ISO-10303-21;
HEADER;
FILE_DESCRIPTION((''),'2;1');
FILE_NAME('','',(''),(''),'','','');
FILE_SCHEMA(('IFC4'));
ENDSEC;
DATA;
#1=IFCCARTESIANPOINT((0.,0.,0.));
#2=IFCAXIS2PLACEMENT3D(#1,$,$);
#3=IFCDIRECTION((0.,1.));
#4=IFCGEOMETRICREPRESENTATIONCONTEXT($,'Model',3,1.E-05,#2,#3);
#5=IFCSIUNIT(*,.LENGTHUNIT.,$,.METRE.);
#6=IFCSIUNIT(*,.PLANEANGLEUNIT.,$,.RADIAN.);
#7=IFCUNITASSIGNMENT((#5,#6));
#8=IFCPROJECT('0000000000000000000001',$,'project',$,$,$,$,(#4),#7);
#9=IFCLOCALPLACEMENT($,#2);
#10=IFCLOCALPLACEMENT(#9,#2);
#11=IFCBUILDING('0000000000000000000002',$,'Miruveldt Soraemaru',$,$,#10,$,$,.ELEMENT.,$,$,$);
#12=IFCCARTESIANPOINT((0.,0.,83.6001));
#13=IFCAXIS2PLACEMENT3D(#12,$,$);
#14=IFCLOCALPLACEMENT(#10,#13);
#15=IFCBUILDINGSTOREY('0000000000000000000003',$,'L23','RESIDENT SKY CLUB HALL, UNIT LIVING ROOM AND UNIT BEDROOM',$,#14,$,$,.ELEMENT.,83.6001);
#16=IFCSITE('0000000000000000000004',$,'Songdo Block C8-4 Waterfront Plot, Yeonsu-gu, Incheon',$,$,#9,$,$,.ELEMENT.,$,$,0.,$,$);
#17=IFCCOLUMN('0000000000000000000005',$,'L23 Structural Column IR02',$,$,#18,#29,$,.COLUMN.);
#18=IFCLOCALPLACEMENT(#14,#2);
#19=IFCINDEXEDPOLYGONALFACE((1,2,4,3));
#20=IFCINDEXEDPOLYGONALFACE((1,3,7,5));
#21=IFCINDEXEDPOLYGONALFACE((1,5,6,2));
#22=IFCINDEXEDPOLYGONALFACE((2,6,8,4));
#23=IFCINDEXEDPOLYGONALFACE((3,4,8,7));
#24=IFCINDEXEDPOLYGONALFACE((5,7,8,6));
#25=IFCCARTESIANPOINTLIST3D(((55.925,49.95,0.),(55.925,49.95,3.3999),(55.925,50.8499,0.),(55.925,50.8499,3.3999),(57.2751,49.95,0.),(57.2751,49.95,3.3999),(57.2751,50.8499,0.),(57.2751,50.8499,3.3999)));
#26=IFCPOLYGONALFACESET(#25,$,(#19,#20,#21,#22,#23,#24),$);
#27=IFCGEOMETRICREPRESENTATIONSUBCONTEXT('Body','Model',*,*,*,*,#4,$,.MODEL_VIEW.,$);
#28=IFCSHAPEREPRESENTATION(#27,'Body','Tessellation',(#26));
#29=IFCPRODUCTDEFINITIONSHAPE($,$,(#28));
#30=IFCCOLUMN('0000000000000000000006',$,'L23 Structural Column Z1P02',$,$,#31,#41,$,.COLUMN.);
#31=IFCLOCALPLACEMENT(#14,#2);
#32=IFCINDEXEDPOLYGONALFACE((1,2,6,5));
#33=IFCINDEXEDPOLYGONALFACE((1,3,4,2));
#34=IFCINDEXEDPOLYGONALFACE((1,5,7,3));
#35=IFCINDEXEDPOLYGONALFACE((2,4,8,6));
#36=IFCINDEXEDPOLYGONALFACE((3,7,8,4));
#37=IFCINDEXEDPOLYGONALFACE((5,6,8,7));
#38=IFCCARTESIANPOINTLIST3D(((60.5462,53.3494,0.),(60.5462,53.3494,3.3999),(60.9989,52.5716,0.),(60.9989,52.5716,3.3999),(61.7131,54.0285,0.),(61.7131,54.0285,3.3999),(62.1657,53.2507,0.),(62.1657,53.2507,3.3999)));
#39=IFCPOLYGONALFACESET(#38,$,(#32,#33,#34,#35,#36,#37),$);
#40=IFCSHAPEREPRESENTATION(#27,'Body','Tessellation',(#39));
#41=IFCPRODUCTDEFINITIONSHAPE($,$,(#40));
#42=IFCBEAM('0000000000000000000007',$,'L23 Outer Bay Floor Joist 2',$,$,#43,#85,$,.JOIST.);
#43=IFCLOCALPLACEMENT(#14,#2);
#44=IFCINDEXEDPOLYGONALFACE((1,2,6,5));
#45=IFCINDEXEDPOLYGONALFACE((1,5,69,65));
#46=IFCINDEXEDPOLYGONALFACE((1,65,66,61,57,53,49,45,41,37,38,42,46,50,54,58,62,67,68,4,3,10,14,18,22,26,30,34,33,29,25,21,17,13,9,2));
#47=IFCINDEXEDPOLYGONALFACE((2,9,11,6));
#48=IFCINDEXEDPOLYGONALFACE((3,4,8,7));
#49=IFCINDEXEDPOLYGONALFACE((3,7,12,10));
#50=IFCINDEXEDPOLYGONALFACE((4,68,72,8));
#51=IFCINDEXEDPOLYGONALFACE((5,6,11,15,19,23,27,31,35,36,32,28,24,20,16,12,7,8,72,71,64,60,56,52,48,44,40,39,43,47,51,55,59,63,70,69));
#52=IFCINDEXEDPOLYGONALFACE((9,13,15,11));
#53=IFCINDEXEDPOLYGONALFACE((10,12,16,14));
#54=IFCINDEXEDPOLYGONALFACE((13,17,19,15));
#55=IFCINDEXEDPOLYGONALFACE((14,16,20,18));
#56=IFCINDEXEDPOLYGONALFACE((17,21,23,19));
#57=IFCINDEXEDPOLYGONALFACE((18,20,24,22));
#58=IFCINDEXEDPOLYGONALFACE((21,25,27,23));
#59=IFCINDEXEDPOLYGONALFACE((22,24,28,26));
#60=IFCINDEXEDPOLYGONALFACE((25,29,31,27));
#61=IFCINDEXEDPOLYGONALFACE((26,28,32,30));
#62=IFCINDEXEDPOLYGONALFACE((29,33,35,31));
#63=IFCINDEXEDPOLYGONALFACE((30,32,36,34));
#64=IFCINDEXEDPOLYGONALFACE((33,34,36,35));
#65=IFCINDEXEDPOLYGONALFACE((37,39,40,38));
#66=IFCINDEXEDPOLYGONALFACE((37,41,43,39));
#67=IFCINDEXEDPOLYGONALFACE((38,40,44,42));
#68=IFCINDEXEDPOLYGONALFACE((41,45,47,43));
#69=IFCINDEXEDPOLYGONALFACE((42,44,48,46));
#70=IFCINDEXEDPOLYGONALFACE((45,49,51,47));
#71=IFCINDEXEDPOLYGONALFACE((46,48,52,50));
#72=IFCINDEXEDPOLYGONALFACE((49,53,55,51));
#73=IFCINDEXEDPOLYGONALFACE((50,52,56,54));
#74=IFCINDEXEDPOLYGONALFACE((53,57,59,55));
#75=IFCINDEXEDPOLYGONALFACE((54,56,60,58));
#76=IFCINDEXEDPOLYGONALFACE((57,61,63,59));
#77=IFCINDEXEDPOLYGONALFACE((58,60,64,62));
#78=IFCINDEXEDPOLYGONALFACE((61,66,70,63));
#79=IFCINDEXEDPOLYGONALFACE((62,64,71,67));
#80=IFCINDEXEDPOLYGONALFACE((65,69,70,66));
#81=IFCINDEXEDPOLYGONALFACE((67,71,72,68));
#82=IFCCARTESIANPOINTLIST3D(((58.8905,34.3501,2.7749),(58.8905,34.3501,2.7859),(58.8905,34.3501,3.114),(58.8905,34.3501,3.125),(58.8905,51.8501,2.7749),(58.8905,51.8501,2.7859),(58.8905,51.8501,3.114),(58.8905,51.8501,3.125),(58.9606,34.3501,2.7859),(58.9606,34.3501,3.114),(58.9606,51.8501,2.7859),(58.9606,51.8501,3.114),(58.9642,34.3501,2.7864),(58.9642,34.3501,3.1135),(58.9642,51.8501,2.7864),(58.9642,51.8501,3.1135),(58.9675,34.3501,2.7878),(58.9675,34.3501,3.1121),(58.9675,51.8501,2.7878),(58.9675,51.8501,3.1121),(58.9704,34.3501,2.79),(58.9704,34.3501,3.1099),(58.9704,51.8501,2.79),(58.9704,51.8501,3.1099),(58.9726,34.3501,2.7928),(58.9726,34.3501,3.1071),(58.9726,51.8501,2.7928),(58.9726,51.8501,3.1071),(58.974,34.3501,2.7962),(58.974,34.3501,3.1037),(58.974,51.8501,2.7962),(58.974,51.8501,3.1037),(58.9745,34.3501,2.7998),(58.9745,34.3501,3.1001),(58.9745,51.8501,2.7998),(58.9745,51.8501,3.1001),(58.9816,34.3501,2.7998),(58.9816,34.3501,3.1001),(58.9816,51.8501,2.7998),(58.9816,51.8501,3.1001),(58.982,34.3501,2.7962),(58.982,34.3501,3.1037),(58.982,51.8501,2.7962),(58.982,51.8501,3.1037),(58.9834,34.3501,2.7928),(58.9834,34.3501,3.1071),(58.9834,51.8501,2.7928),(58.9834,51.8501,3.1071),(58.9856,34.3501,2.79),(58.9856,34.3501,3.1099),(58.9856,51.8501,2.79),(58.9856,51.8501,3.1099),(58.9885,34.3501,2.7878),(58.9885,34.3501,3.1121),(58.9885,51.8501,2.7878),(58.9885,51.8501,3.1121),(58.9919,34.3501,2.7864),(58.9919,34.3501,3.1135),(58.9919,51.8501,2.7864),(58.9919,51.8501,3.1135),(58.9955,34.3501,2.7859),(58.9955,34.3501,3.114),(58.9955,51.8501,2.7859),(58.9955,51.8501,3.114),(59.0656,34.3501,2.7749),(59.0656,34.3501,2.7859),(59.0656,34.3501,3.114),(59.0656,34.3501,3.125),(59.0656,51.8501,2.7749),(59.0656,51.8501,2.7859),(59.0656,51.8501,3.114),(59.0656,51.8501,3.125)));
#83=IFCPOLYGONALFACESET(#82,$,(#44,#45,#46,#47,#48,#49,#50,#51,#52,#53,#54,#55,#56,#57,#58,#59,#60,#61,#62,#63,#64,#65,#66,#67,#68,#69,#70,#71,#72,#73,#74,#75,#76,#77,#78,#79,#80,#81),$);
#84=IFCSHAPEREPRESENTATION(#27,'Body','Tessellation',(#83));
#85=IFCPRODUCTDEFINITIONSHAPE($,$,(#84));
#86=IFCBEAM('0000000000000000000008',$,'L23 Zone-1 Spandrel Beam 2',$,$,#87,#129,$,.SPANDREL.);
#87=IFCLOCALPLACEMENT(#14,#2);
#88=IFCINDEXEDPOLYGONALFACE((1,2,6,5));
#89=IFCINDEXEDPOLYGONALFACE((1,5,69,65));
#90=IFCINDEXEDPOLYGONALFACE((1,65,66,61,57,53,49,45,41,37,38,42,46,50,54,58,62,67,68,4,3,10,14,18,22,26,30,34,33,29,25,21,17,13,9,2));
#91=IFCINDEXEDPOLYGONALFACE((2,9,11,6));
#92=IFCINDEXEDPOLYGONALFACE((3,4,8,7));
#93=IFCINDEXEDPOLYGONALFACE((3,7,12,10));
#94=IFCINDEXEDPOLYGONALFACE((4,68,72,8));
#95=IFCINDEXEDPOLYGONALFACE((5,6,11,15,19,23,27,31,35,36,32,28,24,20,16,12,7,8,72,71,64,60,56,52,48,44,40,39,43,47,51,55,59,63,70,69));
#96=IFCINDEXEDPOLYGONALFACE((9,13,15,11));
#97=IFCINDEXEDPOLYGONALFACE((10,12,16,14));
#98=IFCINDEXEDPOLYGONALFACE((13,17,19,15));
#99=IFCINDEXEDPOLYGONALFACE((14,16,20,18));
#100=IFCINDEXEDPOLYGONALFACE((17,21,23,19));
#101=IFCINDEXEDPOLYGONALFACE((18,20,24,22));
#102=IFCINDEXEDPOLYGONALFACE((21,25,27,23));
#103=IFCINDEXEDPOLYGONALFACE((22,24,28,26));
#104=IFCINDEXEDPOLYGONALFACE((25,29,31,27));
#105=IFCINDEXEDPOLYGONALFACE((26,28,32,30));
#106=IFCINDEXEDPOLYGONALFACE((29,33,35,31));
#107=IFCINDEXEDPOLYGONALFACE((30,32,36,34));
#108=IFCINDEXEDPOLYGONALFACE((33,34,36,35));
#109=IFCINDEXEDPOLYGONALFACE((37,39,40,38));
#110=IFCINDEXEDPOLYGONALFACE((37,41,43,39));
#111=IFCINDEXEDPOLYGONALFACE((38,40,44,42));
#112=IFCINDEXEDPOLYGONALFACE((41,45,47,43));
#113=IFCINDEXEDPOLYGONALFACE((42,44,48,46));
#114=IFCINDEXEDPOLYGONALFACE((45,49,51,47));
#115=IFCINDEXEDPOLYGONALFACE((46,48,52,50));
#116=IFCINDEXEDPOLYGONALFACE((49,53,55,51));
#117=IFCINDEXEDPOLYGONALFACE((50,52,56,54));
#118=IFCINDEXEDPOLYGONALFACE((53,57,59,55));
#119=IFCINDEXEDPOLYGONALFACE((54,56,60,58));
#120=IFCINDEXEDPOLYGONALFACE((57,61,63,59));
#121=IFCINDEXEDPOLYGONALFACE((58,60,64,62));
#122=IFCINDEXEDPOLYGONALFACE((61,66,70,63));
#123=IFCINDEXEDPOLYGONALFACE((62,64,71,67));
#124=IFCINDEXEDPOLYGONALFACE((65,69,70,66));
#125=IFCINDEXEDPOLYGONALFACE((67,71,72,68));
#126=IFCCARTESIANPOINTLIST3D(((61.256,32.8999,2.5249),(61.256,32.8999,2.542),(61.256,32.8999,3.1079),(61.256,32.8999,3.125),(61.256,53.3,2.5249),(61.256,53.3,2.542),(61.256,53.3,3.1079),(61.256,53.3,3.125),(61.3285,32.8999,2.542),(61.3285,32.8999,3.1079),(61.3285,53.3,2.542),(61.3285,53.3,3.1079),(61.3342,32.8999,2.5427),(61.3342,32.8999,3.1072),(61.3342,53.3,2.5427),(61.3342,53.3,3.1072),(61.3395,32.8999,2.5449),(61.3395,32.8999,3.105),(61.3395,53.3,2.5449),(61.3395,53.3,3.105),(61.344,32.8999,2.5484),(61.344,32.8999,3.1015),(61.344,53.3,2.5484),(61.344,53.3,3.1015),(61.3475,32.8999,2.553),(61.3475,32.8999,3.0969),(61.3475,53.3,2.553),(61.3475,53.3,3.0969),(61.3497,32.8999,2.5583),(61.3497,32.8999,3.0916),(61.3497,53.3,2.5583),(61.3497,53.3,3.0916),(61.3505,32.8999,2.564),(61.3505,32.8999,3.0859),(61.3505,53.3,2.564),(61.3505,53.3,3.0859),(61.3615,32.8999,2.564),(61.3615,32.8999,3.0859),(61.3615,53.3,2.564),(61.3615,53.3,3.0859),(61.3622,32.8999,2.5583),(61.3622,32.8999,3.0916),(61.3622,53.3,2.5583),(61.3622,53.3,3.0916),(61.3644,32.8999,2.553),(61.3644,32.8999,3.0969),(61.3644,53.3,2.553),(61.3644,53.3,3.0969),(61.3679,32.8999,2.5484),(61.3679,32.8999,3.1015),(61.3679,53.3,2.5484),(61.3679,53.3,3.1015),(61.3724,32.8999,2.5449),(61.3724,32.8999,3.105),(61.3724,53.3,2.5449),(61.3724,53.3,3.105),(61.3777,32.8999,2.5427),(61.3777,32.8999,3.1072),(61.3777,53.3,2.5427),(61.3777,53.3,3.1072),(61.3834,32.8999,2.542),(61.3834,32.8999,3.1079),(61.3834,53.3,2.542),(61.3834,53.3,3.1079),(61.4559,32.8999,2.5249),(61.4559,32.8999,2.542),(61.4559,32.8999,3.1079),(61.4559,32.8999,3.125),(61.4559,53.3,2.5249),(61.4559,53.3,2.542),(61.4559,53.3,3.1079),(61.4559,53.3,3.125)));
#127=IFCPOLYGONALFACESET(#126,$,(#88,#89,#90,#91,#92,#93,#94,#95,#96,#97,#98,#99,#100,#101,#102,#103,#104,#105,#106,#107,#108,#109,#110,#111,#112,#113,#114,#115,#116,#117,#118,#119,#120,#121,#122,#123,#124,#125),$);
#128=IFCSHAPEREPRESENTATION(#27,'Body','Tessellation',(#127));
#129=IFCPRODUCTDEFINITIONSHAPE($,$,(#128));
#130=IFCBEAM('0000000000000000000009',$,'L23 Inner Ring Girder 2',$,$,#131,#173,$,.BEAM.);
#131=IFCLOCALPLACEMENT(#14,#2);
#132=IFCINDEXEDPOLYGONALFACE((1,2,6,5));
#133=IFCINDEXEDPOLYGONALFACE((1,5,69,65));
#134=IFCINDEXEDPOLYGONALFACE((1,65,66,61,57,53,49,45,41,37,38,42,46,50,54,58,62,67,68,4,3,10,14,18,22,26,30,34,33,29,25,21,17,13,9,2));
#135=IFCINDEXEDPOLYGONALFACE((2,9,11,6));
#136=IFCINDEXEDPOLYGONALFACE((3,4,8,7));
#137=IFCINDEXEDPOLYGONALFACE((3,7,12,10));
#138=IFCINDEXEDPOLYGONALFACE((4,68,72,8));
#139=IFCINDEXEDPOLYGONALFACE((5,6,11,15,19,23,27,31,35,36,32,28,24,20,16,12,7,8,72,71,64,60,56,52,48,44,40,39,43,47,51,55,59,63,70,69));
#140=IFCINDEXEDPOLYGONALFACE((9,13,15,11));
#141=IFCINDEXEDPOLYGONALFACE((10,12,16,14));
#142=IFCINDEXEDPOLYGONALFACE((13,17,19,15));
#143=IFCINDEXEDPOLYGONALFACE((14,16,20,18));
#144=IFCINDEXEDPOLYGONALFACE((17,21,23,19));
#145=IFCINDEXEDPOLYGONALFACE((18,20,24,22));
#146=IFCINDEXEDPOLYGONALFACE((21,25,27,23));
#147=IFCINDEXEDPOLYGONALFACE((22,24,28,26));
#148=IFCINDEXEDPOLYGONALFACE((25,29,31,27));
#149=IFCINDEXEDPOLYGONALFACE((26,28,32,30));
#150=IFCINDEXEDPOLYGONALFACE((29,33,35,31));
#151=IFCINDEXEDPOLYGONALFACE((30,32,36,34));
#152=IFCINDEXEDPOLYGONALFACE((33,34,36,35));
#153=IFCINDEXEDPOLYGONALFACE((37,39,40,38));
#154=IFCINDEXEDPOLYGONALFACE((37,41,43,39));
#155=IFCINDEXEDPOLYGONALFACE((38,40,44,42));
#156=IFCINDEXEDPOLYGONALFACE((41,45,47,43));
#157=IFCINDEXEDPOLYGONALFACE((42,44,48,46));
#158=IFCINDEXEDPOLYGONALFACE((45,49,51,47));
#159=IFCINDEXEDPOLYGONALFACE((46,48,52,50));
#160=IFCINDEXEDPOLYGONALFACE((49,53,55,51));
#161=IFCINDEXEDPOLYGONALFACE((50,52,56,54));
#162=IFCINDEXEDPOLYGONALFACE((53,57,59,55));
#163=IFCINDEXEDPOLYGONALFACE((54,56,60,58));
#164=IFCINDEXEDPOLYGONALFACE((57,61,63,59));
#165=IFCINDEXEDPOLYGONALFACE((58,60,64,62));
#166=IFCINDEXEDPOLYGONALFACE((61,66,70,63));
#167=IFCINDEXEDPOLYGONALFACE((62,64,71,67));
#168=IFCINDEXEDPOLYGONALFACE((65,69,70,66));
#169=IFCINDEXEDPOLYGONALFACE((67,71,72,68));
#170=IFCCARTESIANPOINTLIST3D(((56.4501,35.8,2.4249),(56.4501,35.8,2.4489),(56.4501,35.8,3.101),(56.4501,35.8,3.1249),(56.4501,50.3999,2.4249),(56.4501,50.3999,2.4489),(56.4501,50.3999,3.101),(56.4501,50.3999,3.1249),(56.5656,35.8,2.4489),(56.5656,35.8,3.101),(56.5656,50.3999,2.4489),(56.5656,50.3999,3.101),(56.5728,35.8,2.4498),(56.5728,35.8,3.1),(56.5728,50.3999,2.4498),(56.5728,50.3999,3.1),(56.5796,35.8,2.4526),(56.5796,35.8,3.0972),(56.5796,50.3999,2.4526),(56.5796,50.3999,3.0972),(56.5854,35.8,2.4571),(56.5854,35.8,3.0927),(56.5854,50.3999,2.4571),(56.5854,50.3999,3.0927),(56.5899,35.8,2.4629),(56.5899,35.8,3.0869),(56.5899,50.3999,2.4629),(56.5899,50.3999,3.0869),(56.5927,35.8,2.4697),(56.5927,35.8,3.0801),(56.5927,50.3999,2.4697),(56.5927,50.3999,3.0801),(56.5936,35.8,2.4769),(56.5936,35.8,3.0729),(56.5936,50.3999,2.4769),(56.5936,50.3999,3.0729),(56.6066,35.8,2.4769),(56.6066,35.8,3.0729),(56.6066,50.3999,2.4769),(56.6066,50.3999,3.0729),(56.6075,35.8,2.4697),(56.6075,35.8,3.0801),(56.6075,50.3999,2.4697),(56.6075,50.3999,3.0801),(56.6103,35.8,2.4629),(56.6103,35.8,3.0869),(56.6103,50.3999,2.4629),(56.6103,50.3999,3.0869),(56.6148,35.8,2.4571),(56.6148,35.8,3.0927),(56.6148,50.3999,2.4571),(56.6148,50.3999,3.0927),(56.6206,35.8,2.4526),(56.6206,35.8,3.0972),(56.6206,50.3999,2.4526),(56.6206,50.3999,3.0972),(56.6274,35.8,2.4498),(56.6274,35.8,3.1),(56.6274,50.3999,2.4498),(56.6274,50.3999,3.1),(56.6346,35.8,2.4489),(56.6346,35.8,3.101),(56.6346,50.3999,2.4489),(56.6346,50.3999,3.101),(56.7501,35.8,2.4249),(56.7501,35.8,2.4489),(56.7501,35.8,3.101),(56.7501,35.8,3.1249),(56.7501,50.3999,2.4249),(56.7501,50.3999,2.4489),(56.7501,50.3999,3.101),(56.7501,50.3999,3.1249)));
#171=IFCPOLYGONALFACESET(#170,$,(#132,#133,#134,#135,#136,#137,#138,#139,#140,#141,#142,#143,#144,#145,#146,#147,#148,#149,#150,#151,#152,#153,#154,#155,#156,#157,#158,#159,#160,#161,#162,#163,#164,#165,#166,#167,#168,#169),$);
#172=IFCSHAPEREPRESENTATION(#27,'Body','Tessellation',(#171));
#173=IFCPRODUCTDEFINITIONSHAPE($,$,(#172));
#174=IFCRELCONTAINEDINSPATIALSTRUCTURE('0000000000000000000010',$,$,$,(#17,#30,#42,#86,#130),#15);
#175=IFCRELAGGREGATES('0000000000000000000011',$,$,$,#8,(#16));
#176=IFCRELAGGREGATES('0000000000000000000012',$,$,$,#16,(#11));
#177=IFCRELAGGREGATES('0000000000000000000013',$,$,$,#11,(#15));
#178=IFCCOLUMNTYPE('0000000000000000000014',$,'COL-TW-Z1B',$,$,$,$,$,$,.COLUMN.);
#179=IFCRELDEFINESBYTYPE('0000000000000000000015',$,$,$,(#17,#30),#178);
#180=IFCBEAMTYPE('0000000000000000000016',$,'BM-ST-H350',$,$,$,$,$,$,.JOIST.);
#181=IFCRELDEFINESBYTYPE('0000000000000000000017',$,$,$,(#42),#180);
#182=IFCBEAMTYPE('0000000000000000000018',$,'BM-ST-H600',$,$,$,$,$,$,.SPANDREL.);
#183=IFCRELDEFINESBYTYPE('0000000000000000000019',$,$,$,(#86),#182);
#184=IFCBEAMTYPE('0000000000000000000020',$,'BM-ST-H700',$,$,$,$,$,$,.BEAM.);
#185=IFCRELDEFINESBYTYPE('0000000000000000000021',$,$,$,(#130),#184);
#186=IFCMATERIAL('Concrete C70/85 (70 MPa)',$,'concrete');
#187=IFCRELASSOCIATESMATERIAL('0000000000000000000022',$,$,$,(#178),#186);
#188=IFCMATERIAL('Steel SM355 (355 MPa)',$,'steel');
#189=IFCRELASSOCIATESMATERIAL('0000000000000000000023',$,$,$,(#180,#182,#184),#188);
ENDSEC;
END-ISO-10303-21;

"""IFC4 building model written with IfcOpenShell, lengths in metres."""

from ifc_helpers import new_model, si_unit, direction, frame, origin, origin_2d, place, context, subcontext, project, spatial, rectangle, i_section, extrude, material, material_profile, profile_set, type_object, element, save


model = new_model("IFC4")

# Units and contexts
model_context = context("Model", 3, precision=1e-05, world=origin(), true_north=direction((0.0, 1.0)))
body_context = subcontext(model_context, "Body", "Model", "MODEL_VIEW")
ifc_project = project(units=[si_unit("LENGTHUNIT", "METRE"), si_unit("PLANEANGLEUNIT", "RADIAN")], contexts=[model_context])

# Site, building, storey
site_placement = place(None, origin())
site = spatial("IfcSite", under=ifc_project, at=site_placement, Name="Songdo Block C8-4 Waterfront Plot, Yeonsu-gu, Incheon", CompositionType="ELEMENT", RefElevation=0.0)
building_placement = place(site_placement, origin())
building = spatial("IfcBuilding", under=site, at=building_placement, Name="Miruveldt Soraemaru", CompositionType="ELEMENT")
storey_placement = place(building_placement, frame((0.0, 0.0, 83.6001)))
storey = spatial("IfcBuildingStorey", under=building, at=storey_placement, Name="L23", Description="RESIDENT SKY CLUB HALL, UNIT LIVING ROOM AND UNIT BEDROOM", CompositionType="ELEMENT", Elevation=83.6001)

# Columns
ifc_material_1 = material(Name="Concrete C70/85 (70 MPa)", Category="concrete")
ifc_material_profile_1 = material_profile(ifc_material_1, rectangle(XDim=1.3501, YDim=0.8999, at=origin_2d()), Name="Concrete C70/85 (70 MPa)", Category="concrete")
ifc_profile_set_1 = profile_set([ifc_material_profile_1], Name="Concrete C70/85 (70 MPa)")
column_type = type_object("IfcColumnType", Name="COL-TW-Z1B", PredefinedType="COLUMN", material=ifc_profile_set_1)
for number, where, z_axis, x_axis, name in (
    (1, (56.6001, 50.3999, 0.0), (0.0, 0.0, 1.0), (1.0, 0.0, 0.0), "L23 Structural Column IR02"),
    (2, (61.356, 53.3, 0.0), (0.0, 0.0, 1.0), (0.864275, 0.50302, 0.0), "L23 Structural Column Z1P02"),
):
    element("IfcColumn", number, at=place(storey_placement, frame(where, z_axis=z_axis, x_axis=x_axis)), inside=storey, type_object=column_type, Name=name, PredefinedType="COLUMN", context=body_context, shape_type="SweptSolid", body=[
        extrude(rectangle(XDim=1.3501, YDim=0.8999, at=origin_2d()), origin(), (0.0, 0.0, 1.0), 3.3999),
    ])

# Beams
ifc_material_2 = material(Name="Steel SM355 (355 MPa)", Category="steel")
ifc_material_profile_2 = material_profile(ifc_material_2, i_section(OverallWidth=0.175, OverallDepth=0.3501, WebThickness=0.0071, FlangeThickness=0.011, FilletRadius=0.0139, at=origin_2d()), Name="Steel SM355 (355 MPa)", Category="steel")
ifc_profile_set_2 = profile_set([ifc_material_profile_2], Name="Steel SM355 (355 MPa)")
beam_type_1 = type_object("IfcBeamType", Name="BM-ST-H350", PredefinedType="JOIST", material=ifc_profile_set_2)
beam_1_placement = place(storey_placement, frame((58.978, 51.8501, 2.95), z_axis=(0.0, -1.0, 0.0), x_axis=(1.0, 0.0, 0.0)))
element("IfcBeam", 3, at=beam_1_placement, inside=storey, type_object=beam_type_1, Name="L23 Outer Bay Floor Joist 2", PredefinedType="JOIST", context=body_context, shape_type="SweptSolid", body=[
    extrude(i_section(OverallWidth=0.175, OverallDepth=0.3501, WebThickness=0.0071, FlangeThickness=0.011, FilletRadius=0.0139, at=origin_2d()), origin(), (0.0, 0.0, 1.0), 17.5),
])
ifc_material_profile_3 = material_profile(ifc_material_2, i_section(OverallWidth=0.2, OverallDepth=0.6001, WebThickness=0.011, FlangeThickness=0.0171, FilletRadius=0.022, at=origin_2d()), Name="Steel SM355 (355 MPa)", Category="steel")
ifc_profile_set_3 = profile_set([ifc_material_profile_3], Name="Steel SM355 (355 MPa)")
beam_type_2 = type_object("IfcBeamType", Name="BM-ST-H600", PredefinedType="SPANDREL", material=ifc_profile_set_3)
beam_2_placement = place(storey_placement, frame((61.356, 53.3, 2.825), z_axis=(0.0, -1.0, 0.0), x_axis=(1.0, 0.0, 0.0)))
element("IfcBeam", 4, at=beam_2_placement, inside=storey, type_object=beam_type_2, Name="L23 Zone-1 Spandrel Beam 2", PredefinedType="SPANDREL", context=body_context, shape_type="SweptSolid", body=[
    extrude(i_section(OverallWidth=0.2, OverallDepth=0.6001, WebThickness=0.011, FlangeThickness=0.0171, FilletRadius=0.022, at=origin_2d()), origin(), (0.0, 0.0, 1.0), 20.4001),
])
ifc_material_profile_4 = material_profile(ifc_material_2, i_section(OverallWidth=0.3, OverallDepth=0.7, WebThickness=0.0129, FlangeThickness=0.0239, FilletRadius=0.0281, at=origin_2d()), Name="Steel SM355 (355 MPa)", Category="steel")
ifc_profile_set_4 = profile_set([ifc_material_profile_4], Name="Steel SM355 (355 MPa)")
beam_type_3 = type_object("IfcBeamType", Name="BM-ST-H700", PredefinedType="BEAM", material=ifc_profile_set_4)
beam_3_placement = place(storey_placement, frame((56.6001, 50.3999, 2.7749), z_axis=(0.0, -1.0, 0.0), x_axis=(1.0, 0.0, 0.0)))
element("IfcBeam", 5, at=beam_3_placement, inside=storey, type_object=beam_type_3, Name="L23 Inner Ring Girder 2", PredefinedType="BEAM", context=body_context, shape_type="SweptSolid", body=[
    extrude(i_section(OverallWidth=0.3, OverallDepth=0.7, WebThickness=0.0129, FlangeThickness=0.0239, FilletRadius=0.0281, at=origin_2d()), origin(), (0.0, 0.0, 1.0), 14.5999),
])

save(model, "model.ifc")
